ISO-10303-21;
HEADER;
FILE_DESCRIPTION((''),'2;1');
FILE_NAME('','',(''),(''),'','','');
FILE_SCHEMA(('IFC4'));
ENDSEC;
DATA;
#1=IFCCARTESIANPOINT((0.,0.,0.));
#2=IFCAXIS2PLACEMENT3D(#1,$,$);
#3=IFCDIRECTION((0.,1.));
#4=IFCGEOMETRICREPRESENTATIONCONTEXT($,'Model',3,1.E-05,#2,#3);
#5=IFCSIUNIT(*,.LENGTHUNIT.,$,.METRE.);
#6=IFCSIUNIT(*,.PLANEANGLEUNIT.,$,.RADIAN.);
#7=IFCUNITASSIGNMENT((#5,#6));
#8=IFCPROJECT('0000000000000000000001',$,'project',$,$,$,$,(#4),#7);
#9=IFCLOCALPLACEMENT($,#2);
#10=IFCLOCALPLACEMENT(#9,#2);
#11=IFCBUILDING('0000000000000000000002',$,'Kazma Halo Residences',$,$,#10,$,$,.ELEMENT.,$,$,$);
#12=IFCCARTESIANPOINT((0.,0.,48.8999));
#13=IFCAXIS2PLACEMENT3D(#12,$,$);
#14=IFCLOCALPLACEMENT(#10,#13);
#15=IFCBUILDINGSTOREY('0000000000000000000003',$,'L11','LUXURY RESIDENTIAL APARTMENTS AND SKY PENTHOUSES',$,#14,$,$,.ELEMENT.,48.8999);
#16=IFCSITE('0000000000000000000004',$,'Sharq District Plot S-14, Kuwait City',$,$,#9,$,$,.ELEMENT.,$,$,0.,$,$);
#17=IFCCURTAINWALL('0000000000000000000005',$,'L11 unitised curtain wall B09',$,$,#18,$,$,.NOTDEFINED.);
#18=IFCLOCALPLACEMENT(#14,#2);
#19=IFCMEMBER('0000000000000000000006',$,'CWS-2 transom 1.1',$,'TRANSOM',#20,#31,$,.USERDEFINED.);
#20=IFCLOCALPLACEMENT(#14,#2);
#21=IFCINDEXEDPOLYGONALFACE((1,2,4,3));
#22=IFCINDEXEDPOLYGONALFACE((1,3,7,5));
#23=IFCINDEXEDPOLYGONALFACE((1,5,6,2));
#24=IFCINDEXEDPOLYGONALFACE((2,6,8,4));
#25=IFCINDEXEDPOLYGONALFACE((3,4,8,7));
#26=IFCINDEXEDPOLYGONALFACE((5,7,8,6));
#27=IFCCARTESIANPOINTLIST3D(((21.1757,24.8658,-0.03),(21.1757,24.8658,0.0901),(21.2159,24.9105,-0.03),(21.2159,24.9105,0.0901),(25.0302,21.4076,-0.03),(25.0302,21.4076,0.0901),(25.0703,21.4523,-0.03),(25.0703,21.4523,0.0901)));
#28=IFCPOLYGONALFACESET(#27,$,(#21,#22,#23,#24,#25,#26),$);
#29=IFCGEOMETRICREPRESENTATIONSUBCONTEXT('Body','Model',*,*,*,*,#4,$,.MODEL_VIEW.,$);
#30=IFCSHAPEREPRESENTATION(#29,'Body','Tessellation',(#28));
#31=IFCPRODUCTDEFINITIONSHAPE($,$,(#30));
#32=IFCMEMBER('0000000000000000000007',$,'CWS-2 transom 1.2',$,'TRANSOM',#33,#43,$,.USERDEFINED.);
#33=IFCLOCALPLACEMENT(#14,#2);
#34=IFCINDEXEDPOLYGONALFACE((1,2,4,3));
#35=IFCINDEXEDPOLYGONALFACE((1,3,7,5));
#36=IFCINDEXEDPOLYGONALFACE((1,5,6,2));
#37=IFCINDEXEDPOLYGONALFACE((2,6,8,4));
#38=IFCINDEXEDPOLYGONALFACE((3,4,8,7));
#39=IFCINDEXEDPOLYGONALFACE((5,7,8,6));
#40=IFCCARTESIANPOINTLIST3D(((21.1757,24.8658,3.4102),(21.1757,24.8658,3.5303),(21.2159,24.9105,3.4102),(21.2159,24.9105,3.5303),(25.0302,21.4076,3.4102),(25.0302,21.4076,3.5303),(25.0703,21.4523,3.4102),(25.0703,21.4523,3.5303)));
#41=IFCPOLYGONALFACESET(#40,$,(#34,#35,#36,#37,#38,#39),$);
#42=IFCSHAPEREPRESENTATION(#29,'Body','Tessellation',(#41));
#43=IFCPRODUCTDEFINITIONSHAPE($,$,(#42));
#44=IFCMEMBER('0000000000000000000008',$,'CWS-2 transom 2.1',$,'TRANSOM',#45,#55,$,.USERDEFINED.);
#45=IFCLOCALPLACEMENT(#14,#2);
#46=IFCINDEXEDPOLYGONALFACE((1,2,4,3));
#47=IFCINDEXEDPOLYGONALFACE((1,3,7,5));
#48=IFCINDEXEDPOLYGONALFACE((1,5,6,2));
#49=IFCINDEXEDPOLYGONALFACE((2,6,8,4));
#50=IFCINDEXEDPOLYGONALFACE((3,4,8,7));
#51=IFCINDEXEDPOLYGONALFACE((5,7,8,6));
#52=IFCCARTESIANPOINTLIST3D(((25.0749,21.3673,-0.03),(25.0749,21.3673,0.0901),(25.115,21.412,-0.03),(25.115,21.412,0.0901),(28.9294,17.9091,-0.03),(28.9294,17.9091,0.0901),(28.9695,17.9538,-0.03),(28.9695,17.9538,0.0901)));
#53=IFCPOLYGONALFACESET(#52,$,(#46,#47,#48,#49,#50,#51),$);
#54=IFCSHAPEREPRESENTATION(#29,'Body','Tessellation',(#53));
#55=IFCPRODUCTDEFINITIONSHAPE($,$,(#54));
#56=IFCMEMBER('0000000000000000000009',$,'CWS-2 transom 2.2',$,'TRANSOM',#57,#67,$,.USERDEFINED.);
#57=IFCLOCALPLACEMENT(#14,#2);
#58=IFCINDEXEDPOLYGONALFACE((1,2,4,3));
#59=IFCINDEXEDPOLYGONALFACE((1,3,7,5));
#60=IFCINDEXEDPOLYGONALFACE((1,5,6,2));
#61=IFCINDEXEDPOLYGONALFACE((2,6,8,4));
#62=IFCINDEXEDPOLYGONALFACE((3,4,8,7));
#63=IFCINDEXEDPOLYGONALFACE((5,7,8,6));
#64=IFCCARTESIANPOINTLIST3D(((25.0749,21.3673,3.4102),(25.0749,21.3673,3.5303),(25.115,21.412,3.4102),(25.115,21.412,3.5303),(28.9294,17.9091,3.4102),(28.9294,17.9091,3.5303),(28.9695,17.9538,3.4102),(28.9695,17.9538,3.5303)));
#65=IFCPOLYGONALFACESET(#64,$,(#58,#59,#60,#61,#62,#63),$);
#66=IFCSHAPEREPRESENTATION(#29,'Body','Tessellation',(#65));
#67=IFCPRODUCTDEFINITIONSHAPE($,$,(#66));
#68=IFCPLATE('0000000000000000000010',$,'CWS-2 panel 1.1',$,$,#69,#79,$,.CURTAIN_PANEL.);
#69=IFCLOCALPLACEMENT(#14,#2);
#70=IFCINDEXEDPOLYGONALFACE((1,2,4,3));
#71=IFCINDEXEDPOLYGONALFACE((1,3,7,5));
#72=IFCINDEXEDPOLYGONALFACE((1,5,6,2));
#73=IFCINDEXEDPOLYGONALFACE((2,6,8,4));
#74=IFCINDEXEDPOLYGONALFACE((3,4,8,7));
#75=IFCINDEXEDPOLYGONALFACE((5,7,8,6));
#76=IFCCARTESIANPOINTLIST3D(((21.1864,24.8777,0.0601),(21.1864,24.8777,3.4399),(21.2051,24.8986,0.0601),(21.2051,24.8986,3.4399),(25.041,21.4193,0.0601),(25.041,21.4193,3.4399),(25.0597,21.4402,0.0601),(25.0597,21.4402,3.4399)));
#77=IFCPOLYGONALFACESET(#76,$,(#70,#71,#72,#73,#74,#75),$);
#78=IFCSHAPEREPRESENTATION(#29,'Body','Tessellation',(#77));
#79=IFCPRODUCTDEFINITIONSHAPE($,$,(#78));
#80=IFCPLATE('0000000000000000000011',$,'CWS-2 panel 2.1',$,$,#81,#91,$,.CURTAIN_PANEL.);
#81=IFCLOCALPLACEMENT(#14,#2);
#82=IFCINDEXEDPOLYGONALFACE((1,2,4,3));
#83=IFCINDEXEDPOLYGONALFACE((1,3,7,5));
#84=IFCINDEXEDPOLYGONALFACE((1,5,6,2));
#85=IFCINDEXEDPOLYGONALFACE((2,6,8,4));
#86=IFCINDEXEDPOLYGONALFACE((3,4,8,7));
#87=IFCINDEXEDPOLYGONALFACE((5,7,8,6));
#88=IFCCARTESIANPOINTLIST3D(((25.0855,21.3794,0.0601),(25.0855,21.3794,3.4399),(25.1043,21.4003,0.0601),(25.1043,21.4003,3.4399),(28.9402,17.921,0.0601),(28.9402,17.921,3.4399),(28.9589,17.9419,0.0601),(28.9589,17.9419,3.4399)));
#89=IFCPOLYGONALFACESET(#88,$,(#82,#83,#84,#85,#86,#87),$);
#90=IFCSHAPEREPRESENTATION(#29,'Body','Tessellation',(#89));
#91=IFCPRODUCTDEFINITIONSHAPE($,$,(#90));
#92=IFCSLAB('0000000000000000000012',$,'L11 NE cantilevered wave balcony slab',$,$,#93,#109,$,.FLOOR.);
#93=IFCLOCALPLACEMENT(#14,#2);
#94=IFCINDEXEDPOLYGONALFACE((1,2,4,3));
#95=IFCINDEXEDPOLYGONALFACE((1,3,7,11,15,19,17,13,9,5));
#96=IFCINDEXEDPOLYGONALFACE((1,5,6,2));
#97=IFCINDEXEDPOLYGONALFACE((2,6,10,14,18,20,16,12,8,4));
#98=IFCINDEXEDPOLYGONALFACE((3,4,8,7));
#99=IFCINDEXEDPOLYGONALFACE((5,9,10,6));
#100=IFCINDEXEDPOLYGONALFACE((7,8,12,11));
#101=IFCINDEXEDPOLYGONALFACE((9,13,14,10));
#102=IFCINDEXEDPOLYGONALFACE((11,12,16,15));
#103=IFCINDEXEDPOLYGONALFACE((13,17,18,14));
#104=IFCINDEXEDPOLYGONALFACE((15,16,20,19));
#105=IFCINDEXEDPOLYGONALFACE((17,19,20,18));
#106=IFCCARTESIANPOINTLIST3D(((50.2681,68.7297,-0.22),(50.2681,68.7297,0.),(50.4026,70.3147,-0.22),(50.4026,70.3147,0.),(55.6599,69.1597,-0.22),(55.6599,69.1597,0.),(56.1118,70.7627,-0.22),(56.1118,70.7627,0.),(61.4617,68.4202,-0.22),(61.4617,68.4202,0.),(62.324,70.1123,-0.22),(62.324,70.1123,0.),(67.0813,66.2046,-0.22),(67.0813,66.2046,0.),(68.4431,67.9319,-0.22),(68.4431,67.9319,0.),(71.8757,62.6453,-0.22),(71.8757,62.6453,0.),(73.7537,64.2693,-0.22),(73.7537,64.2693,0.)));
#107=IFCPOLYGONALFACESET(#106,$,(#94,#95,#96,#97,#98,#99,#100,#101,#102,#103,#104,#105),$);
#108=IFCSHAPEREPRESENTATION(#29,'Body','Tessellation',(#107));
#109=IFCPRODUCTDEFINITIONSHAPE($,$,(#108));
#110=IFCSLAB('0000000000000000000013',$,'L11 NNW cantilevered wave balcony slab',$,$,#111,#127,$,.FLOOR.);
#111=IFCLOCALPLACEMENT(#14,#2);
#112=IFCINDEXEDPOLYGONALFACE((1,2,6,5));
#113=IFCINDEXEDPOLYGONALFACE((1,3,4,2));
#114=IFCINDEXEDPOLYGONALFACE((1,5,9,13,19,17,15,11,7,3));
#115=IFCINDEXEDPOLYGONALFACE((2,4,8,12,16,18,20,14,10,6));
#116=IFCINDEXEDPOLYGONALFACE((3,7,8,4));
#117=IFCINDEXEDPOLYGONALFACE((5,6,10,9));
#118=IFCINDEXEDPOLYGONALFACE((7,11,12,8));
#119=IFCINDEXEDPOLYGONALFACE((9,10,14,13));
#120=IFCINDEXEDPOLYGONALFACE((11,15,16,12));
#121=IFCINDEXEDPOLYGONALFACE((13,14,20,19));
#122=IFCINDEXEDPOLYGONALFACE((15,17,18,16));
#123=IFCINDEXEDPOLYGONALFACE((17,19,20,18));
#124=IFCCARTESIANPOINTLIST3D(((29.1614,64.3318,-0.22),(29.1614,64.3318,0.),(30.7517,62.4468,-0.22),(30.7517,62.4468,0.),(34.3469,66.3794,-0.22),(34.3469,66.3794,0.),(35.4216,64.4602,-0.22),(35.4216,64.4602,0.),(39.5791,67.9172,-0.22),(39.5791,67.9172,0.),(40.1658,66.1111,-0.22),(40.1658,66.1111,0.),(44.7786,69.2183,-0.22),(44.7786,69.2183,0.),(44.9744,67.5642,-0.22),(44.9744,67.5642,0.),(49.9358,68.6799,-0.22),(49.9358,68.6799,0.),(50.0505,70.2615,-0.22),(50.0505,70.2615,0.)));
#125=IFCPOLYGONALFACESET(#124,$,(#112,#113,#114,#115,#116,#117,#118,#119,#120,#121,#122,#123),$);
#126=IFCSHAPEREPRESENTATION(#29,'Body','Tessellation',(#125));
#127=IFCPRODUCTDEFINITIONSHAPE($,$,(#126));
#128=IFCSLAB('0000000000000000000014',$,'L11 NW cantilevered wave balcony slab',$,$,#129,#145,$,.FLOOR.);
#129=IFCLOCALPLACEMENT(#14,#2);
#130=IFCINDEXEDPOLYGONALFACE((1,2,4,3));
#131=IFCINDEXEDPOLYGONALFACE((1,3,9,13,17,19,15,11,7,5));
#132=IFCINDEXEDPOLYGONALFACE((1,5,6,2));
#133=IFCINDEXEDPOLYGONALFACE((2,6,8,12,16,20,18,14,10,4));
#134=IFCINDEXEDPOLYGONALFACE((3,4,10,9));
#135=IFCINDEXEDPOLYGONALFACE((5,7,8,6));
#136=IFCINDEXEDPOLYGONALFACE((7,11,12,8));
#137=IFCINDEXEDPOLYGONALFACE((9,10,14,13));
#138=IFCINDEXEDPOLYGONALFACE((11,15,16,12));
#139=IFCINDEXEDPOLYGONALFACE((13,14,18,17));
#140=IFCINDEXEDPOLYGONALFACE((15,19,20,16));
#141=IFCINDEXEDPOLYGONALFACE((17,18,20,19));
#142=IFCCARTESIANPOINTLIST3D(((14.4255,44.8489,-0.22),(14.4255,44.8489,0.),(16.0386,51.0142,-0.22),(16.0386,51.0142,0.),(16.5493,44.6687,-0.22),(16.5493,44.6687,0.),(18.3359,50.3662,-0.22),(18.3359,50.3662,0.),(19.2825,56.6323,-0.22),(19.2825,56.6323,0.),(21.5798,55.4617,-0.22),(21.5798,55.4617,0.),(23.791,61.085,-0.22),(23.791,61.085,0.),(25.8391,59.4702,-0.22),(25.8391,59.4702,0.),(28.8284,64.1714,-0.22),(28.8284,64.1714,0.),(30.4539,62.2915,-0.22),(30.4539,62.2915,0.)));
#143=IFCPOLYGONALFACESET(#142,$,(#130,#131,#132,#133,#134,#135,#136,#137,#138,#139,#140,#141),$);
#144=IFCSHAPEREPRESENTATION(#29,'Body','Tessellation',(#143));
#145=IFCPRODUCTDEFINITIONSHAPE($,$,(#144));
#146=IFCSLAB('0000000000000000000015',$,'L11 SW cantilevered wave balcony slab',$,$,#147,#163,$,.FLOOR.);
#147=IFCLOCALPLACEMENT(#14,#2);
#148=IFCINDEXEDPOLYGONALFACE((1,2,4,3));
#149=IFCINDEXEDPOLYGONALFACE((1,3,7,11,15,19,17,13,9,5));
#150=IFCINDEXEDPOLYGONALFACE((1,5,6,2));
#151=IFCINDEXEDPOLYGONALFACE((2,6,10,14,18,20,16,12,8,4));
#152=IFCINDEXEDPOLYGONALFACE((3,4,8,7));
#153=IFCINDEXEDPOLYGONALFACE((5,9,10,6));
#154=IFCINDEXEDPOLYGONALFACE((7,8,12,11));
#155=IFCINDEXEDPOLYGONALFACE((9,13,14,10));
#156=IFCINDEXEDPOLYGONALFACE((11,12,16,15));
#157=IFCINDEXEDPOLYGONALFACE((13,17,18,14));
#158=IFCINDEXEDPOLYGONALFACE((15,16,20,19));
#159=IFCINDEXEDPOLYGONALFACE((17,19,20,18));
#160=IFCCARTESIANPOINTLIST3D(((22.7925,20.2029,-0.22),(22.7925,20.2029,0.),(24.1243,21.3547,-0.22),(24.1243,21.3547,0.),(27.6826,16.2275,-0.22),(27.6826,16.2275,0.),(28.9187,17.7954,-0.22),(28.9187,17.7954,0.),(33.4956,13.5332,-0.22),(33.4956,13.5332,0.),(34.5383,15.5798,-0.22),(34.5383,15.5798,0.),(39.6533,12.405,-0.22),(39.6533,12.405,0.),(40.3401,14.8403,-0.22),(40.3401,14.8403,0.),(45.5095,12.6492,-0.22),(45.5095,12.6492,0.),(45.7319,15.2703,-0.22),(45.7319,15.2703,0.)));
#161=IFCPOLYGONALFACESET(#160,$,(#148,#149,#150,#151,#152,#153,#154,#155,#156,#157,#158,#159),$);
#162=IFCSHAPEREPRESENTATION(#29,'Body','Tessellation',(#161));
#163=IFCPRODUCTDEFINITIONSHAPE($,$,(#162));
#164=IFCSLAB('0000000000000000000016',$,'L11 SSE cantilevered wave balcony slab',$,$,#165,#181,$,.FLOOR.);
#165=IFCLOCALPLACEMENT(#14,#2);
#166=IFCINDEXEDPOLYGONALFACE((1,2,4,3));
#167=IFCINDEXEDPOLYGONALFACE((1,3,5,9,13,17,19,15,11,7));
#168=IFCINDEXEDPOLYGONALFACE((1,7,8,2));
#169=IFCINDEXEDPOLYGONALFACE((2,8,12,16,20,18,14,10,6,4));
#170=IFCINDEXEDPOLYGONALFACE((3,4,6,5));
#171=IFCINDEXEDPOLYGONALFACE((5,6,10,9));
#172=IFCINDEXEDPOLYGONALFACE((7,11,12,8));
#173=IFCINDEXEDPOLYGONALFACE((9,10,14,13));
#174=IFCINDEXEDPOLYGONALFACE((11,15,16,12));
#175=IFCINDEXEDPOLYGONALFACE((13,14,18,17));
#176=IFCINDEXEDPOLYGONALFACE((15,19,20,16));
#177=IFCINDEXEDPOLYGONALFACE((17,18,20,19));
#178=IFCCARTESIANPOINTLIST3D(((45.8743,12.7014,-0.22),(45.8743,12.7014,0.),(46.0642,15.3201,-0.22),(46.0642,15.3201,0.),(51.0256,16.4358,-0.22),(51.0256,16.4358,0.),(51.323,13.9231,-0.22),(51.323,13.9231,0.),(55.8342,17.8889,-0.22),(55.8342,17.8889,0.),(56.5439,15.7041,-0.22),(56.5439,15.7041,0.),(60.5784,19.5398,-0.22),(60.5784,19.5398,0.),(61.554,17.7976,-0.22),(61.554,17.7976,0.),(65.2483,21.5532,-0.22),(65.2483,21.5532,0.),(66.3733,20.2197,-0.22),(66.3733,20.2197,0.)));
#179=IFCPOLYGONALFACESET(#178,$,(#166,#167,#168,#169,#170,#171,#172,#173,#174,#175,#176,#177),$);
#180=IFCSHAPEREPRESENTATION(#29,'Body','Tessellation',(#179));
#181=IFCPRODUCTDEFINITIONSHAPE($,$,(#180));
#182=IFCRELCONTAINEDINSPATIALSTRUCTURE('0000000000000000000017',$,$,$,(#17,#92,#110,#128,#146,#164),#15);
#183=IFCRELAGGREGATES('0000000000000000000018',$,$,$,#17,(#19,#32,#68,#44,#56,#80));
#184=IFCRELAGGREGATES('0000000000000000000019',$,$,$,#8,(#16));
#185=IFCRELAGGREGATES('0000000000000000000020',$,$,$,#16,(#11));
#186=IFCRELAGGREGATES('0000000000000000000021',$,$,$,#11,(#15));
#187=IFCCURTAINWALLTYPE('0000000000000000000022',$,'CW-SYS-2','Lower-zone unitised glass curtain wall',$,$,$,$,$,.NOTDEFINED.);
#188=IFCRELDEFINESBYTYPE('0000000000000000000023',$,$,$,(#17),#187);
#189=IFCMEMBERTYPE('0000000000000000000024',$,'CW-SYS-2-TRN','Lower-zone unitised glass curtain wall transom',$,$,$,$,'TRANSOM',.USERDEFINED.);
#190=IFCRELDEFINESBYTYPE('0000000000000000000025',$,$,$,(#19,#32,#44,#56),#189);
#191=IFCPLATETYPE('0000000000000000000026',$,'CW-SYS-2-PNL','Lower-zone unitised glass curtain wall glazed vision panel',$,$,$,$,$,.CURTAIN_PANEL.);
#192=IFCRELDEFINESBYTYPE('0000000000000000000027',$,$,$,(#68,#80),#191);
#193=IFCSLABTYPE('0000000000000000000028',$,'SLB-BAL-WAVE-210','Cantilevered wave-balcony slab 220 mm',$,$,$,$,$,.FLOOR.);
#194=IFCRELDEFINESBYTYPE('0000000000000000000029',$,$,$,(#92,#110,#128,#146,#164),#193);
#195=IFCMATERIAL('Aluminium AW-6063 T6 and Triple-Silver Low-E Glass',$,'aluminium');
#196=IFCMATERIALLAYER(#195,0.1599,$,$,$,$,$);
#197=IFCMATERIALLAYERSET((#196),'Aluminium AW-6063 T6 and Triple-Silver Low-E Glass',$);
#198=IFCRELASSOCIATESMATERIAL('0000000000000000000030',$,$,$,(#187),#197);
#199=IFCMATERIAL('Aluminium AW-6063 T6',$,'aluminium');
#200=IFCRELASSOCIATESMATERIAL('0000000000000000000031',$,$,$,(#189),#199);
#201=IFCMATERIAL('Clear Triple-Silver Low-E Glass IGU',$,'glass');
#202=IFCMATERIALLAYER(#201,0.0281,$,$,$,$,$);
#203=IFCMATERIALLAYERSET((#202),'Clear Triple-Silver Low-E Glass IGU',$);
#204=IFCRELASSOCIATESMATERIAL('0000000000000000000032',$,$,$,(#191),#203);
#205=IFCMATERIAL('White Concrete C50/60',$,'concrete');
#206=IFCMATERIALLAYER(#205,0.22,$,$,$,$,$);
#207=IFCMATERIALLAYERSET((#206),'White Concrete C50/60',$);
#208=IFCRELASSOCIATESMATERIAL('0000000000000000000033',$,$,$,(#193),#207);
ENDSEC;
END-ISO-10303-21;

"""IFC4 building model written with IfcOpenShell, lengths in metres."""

from ifc_helpers import new_model, si_unit, direction, frame, origin, origin_2d, place, context, subcontext, project, spatial, polyline, rectangle, outline, extrude, material, layer, layer_set, material_profile, profile_set, type_object, element, aggregate, save


model = new_model("IFC4")

# Units and contexts
model_context = context("Model", 3, precision=1e-05, world=origin(), true_north=direction((0.0, 1.0)))
body_context = subcontext(model_context, "Body", "Model", "MODEL_VIEW")
ifc_project = project(units=[si_unit("LENGTHUNIT", "METRE"), si_unit("PLANEANGLEUNIT", "RADIAN")], contexts=[model_context])

# Site, building, storey
site_placement = place(None, origin())
site = spatial("IfcSite", under=ifc_project, at=site_placement, Name="Sharq District Plot S-14, Kuwait City", CompositionType="ELEMENT", RefElevation=0.0)
building_placement = place(site_placement, origin())
building = spatial("IfcBuilding", under=site, at=building_placement, Name="Kazma Halo Residences", CompositionType="ELEMENT")
storey_placement = place(building_placement, frame((0.0, 0.0, 48.8999)))
storey = spatial("IfcBuildingStorey", under=building, at=storey_placement, Name="L11", Description="LUXURY RESIDENTIAL APARTMENTS AND SKY PENTHOUSES", CompositionType="ELEMENT", Elevation=48.8999)

# Curtain wall, members, plates
ifc_material_1 = material(Name="Aluminium AW-6063 T6 and Triple-Silver Low-E Glass", Category="aluminium")
ifc_layer_1 = layer(ifc_material_1, 0.1599)
ifc_layer_set_1 = layer_set([ifc_layer_1], Name="Aluminium AW-6063 T6 and Triple-Silver Low-E Glass")
curtain_wall_type = type_object("IfcCurtainWallType", Name="CW-SYS-2", Description="Lower-zone unitised glass curtain wall", PredefinedType="NOTDEFINED", material=ifc_layer_set_1)
curtain_wall_placement = place(storey_placement, origin())
curtain_wall = element("IfcCurtainWall", 1, at=curtain_wall_placement, inside=storey, type_object=curtain_wall_type, Name="L11 unitised curtain wall B09", PredefinedType="NOTDEFINED")
ifc_material_2 = material(Name="Aluminium AW-6063 T6", Category="aluminium")
ifc_material_profile_1 = material_profile(ifc_material_2, rectangle(XDim=0.0601, YDim=0.1201, at=origin_2d()), Name="CWT-60x120")
ifc_profile_set_1 = profile_set([ifc_material_profile_1], Name="Aluminium AW-6063 T6")
member_type_1 = type_object("IfcMemberType", Name="CW-SYS-2-TRN", Description="Lower-zone unitised glass curtain wall transom", ElementType="TRANSOM", PredefinedType="USERDEFINED", material=ifc_profile_set_1)
member_1_placement = place(storey_placement, frame((21.1958, 24.8882, 0.03), z_axis=(0.744329, -0.667813, 0.0), x_axis=(0.667813, 0.744329, 0.0)))
member_1 = element("IfcMember", 2, at=member_1_placement, type_object=member_type_1, Name="CWS-2 transom 1.1", ObjectType="TRANSOM", PredefinedType="USERDEFINED", context=body_context, shape_type="SweptSolid", body=[
    extrude(rectangle(XDim=0.0601, YDim=0.1201, at=origin_2d()), origin(), (0.0, 0.0, 1.0), 5.1785),
])
member_2_placement = place(storey_placement, frame((21.1958, 24.8882, 3.4702), z_axis=(0.744329, -0.667813, 0.0), x_axis=(0.667813, 0.744329, 0.0)))
member_2 = element("IfcMember", 3, at=member_2_placement, type_object=member_type_1, Name="CWS-2 transom 1.2", ObjectType="TRANSOM", PredefinedType="USERDEFINED", context=body_context, shape_type="SweptSolid", body=[
    extrude(rectangle(XDim=0.0601, YDim=0.1201, at=origin_2d()), origin(), (0.0, 0.0, 1.0), 5.1785),
])
member_3_placement = place(storey_placement, frame((25.095, 21.3896, 0.03), z_axis=(0.744329, -0.667813, 0.0), x_axis=(0.667813, 0.744329, 0.0)))
member_3 = element("IfcMember", 4, at=member_3_placement, type_object=member_type_1, Name="CWS-2 transom 2.1", ObjectType="TRANSOM", PredefinedType="USERDEFINED", context=body_context, shape_type="SweptSolid", body=[
    extrude(rectangle(XDim=0.0601, YDim=0.1201, at=origin_2d()), origin(), (0.0, 0.0, 1.0), 5.1785),
])
member_4_placement = place(storey_placement, frame((25.095, 21.3896, 3.4702), z_axis=(0.744329, -0.667813, 0.0), x_axis=(0.667813, 0.744329, 0.0)))
member_4 = element("IfcMember", 5, at=member_4_placement, type_object=member_type_1, Name="CWS-2 transom 2.2", ObjectType="TRANSOM", PredefinedType="USERDEFINED", context=body_context, shape_type="SweptSolid", body=[
    extrude(rectangle(XDim=0.0601, YDim=0.1201, at=origin_2d()), origin(), (0.0, 0.0, 1.0), 5.1785),
])
ifc_material_3 = material(Name="Clear Triple-Silver Low-E Glass IGU", Category="glass")
ifc_layer_2 = layer(ifc_material_3, 0.0281)
ifc_layer_set_2 = layer_set([ifc_layer_2], Name="Clear Triple-Silver Low-E Glass IGU")
plate_type = type_object("IfcPlateType", Name="CW-SYS-2-PNL", Description="Lower-zone unitised glass curtain wall glazed vision panel", PredefinedType="CURTAIN_PANEL", material=ifc_layer_set_2)
plate_1_placement = place(storey_placement, frame((23.123, 23.1589, 0.0601), z_axis=(0.0, 0.0, 1.0), x_axis=(0.744322, -0.667821, 0.0)))
plate_1 = element("IfcPlate", 6, at=plate_1_placement, type_object=plate_type, Name="CWS-2 panel 1.1", PredefinedType="CURTAIN_PANEL", context=body_context, shape_type="SweptSolid", body=[
    extrude(rectangle(XDim=5.1787, YDim=0.0281, at=origin_2d()), origin(), (0.0, 0.0, 1.0), 3.3799),
])
plate_2_placement = place(storey_placement, frame((27.0222, 19.6606, 0.0601), z_axis=(0.0, 0.0, 1.0), x_axis=(0.744322, -0.667821, 0.0)))
plate_2 = element("IfcPlate", 7, at=plate_2_placement, type_object=plate_type, Name="CWS-2 panel 2.1", PredefinedType="CURTAIN_PANEL", context=body_context, shape_type="SweptSolid", body=[
    extrude(rectangle(XDim=5.1787, YDim=0.0281, at=origin_2d()), origin(), (0.0, 0.0, 1.0), 3.3799),
])
aggregate(curtain_wall, [member_1, member_2, plate_1, member_3, member_4, plate_2])

# Slabs
ifc_material_4 = material(Name="White Concrete C50/60", Category="concrete")
ifc_layer_3 = layer(ifc_material_4, 0.22)
ifc_layer_set_3 = layer_set([ifc_layer_3], Name="White Concrete C50/60")
slab_type_1 = type_object("IfcSlabType", Name="SLB-BAL-WAVE-210", Description="Cantilevered wave-balcony slab 220 mm", PredefinedType="FLOOR", material=ifc_layer_set_3)
slab_1_placement = place(storey_placement, frame((0.0, 0.0, -0.22)))
element("IfcSlab", 8, at=slab_1_placement, inside=storey, type_object=slab_type_1, Name="L11 NE cantilevered wave balcony slab", PredefinedType="FLOOR", context=body_context, shape_type="SweptSolid", body=[
    extrude(outline(polyline([(71.8757, 62.6453), (67.0813, 66.2046), (61.4617, 68.4202), (55.6599, 69.1597), (50.2681, 68.7297), (50.4026, 70.3147), (56.1118, 70.7627), (62.324, 70.1123), (68.4431, 67.9319), (73.7537, 64.2693), (71.8757, 62.6453)])), origin(), (0.0, 0.0, 1.0), 0.22),
])
slab_2_placement = place(storey_placement, frame((0.0, 0.0, -0.22)))
element("IfcSlab", 9, at=slab_2_placement, inside=storey, type_object=slab_type_1, Name="L11 NNW cantilevered wave balcony slab", PredefinedType="FLOOR", context=body_context, shape_type="SweptSolid", body=[
    extrude(outline(polyline([(49.9358, 68.6799), (44.9744, 67.5642), (40.1658, 66.1111), (35.4216, 64.4602), (30.7517, 62.4468), (29.1614, 64.3318), (34.3469, 66.3794), (39.5791, 67.9172), (44.7786, 69.2183), (50.0505, 70.2615), (49.9358, 68.6799)])), origin(), (0.0, 0.0, 1.0), 0.22),
])
slab_3_placement = place(storey_placement, frame((0.0, 0.0, -0.22)))
element("IfcSlab", 10, at=slab_3_placement, inside=storey, type_object=slab_type_1, Name="L11 NW cantilevered wave balcony slab", PredefinedType="FLOOR", context=body_context, shape_type="SweptSolid", body=[
    extrude(outline(polyline([(30.4539, 62.2915), (25.8391, 59.4702), (21.5798, 55.4617), (18.3359, 50.3662), (16.5493, 44.6687), (14.4255, 44.8489), (16.0386, 51.0142), (19.2825, 56.6323), (23.791, 61.085), (28.8284, 64.1714), (30.4539, 62.2915)])), origin(), (0.0, 0.0, 1.0), 0.22),
])
slab_4_placement = place(storey_placement, frame((0.0, 0.0, -0.22)))
element("IfcSlab", 11, at=slab_4_placement, inside=storey, type_object=slab_type_1, Name="L11 SW cantilevered wave balcony slab", PredefinedType="FLOOR", context=body_context, shape_type="SweptSolid", body=[
    extrude(outline(polyline([(24.1243, 21.3547), (28.9187, 17.7954), (34.5383, 15.5798), (40.3401, 14.8403), (45.7319, 15.2703), (45.5095, 12.6492), (39.6533, 12.405), (33.4956, 13.5332), (27.6826, 16.2275), (22.7925, 20.2029), (24.1243, 21.3547)])), origin(), (0.0, 0.0, 1.0), 0.22),
])
slab_5_placement = place(storey_placement, frame((0.0, 0.0, -0.22)))
element("IfcSlab", 12, at=slab_5_placement, inside=storey, type_object=slab_type_1, Name="L11 SSE cantilevered wave balcony slab", PredefinedType="FLOOR", context=body_context, shape_type="SweptSolid", body=[
    extrude(outline(polyline([(46.0642, 15.3201), (51.0256, 16.4358), (55.8342, 17.8889), (60.5784, 19.5398), (65.2483, 21.5532), (66.3733, 20.2197), (61.554, 17.7976), (56.5439, 15.7041), (51.323, 13.9231), (45.8743, 12.7014), (46.0642, 15.3201)])), origin(), (0.0, 0.0, 1.0), 0.22),
])

save(model, "model.ifc")
